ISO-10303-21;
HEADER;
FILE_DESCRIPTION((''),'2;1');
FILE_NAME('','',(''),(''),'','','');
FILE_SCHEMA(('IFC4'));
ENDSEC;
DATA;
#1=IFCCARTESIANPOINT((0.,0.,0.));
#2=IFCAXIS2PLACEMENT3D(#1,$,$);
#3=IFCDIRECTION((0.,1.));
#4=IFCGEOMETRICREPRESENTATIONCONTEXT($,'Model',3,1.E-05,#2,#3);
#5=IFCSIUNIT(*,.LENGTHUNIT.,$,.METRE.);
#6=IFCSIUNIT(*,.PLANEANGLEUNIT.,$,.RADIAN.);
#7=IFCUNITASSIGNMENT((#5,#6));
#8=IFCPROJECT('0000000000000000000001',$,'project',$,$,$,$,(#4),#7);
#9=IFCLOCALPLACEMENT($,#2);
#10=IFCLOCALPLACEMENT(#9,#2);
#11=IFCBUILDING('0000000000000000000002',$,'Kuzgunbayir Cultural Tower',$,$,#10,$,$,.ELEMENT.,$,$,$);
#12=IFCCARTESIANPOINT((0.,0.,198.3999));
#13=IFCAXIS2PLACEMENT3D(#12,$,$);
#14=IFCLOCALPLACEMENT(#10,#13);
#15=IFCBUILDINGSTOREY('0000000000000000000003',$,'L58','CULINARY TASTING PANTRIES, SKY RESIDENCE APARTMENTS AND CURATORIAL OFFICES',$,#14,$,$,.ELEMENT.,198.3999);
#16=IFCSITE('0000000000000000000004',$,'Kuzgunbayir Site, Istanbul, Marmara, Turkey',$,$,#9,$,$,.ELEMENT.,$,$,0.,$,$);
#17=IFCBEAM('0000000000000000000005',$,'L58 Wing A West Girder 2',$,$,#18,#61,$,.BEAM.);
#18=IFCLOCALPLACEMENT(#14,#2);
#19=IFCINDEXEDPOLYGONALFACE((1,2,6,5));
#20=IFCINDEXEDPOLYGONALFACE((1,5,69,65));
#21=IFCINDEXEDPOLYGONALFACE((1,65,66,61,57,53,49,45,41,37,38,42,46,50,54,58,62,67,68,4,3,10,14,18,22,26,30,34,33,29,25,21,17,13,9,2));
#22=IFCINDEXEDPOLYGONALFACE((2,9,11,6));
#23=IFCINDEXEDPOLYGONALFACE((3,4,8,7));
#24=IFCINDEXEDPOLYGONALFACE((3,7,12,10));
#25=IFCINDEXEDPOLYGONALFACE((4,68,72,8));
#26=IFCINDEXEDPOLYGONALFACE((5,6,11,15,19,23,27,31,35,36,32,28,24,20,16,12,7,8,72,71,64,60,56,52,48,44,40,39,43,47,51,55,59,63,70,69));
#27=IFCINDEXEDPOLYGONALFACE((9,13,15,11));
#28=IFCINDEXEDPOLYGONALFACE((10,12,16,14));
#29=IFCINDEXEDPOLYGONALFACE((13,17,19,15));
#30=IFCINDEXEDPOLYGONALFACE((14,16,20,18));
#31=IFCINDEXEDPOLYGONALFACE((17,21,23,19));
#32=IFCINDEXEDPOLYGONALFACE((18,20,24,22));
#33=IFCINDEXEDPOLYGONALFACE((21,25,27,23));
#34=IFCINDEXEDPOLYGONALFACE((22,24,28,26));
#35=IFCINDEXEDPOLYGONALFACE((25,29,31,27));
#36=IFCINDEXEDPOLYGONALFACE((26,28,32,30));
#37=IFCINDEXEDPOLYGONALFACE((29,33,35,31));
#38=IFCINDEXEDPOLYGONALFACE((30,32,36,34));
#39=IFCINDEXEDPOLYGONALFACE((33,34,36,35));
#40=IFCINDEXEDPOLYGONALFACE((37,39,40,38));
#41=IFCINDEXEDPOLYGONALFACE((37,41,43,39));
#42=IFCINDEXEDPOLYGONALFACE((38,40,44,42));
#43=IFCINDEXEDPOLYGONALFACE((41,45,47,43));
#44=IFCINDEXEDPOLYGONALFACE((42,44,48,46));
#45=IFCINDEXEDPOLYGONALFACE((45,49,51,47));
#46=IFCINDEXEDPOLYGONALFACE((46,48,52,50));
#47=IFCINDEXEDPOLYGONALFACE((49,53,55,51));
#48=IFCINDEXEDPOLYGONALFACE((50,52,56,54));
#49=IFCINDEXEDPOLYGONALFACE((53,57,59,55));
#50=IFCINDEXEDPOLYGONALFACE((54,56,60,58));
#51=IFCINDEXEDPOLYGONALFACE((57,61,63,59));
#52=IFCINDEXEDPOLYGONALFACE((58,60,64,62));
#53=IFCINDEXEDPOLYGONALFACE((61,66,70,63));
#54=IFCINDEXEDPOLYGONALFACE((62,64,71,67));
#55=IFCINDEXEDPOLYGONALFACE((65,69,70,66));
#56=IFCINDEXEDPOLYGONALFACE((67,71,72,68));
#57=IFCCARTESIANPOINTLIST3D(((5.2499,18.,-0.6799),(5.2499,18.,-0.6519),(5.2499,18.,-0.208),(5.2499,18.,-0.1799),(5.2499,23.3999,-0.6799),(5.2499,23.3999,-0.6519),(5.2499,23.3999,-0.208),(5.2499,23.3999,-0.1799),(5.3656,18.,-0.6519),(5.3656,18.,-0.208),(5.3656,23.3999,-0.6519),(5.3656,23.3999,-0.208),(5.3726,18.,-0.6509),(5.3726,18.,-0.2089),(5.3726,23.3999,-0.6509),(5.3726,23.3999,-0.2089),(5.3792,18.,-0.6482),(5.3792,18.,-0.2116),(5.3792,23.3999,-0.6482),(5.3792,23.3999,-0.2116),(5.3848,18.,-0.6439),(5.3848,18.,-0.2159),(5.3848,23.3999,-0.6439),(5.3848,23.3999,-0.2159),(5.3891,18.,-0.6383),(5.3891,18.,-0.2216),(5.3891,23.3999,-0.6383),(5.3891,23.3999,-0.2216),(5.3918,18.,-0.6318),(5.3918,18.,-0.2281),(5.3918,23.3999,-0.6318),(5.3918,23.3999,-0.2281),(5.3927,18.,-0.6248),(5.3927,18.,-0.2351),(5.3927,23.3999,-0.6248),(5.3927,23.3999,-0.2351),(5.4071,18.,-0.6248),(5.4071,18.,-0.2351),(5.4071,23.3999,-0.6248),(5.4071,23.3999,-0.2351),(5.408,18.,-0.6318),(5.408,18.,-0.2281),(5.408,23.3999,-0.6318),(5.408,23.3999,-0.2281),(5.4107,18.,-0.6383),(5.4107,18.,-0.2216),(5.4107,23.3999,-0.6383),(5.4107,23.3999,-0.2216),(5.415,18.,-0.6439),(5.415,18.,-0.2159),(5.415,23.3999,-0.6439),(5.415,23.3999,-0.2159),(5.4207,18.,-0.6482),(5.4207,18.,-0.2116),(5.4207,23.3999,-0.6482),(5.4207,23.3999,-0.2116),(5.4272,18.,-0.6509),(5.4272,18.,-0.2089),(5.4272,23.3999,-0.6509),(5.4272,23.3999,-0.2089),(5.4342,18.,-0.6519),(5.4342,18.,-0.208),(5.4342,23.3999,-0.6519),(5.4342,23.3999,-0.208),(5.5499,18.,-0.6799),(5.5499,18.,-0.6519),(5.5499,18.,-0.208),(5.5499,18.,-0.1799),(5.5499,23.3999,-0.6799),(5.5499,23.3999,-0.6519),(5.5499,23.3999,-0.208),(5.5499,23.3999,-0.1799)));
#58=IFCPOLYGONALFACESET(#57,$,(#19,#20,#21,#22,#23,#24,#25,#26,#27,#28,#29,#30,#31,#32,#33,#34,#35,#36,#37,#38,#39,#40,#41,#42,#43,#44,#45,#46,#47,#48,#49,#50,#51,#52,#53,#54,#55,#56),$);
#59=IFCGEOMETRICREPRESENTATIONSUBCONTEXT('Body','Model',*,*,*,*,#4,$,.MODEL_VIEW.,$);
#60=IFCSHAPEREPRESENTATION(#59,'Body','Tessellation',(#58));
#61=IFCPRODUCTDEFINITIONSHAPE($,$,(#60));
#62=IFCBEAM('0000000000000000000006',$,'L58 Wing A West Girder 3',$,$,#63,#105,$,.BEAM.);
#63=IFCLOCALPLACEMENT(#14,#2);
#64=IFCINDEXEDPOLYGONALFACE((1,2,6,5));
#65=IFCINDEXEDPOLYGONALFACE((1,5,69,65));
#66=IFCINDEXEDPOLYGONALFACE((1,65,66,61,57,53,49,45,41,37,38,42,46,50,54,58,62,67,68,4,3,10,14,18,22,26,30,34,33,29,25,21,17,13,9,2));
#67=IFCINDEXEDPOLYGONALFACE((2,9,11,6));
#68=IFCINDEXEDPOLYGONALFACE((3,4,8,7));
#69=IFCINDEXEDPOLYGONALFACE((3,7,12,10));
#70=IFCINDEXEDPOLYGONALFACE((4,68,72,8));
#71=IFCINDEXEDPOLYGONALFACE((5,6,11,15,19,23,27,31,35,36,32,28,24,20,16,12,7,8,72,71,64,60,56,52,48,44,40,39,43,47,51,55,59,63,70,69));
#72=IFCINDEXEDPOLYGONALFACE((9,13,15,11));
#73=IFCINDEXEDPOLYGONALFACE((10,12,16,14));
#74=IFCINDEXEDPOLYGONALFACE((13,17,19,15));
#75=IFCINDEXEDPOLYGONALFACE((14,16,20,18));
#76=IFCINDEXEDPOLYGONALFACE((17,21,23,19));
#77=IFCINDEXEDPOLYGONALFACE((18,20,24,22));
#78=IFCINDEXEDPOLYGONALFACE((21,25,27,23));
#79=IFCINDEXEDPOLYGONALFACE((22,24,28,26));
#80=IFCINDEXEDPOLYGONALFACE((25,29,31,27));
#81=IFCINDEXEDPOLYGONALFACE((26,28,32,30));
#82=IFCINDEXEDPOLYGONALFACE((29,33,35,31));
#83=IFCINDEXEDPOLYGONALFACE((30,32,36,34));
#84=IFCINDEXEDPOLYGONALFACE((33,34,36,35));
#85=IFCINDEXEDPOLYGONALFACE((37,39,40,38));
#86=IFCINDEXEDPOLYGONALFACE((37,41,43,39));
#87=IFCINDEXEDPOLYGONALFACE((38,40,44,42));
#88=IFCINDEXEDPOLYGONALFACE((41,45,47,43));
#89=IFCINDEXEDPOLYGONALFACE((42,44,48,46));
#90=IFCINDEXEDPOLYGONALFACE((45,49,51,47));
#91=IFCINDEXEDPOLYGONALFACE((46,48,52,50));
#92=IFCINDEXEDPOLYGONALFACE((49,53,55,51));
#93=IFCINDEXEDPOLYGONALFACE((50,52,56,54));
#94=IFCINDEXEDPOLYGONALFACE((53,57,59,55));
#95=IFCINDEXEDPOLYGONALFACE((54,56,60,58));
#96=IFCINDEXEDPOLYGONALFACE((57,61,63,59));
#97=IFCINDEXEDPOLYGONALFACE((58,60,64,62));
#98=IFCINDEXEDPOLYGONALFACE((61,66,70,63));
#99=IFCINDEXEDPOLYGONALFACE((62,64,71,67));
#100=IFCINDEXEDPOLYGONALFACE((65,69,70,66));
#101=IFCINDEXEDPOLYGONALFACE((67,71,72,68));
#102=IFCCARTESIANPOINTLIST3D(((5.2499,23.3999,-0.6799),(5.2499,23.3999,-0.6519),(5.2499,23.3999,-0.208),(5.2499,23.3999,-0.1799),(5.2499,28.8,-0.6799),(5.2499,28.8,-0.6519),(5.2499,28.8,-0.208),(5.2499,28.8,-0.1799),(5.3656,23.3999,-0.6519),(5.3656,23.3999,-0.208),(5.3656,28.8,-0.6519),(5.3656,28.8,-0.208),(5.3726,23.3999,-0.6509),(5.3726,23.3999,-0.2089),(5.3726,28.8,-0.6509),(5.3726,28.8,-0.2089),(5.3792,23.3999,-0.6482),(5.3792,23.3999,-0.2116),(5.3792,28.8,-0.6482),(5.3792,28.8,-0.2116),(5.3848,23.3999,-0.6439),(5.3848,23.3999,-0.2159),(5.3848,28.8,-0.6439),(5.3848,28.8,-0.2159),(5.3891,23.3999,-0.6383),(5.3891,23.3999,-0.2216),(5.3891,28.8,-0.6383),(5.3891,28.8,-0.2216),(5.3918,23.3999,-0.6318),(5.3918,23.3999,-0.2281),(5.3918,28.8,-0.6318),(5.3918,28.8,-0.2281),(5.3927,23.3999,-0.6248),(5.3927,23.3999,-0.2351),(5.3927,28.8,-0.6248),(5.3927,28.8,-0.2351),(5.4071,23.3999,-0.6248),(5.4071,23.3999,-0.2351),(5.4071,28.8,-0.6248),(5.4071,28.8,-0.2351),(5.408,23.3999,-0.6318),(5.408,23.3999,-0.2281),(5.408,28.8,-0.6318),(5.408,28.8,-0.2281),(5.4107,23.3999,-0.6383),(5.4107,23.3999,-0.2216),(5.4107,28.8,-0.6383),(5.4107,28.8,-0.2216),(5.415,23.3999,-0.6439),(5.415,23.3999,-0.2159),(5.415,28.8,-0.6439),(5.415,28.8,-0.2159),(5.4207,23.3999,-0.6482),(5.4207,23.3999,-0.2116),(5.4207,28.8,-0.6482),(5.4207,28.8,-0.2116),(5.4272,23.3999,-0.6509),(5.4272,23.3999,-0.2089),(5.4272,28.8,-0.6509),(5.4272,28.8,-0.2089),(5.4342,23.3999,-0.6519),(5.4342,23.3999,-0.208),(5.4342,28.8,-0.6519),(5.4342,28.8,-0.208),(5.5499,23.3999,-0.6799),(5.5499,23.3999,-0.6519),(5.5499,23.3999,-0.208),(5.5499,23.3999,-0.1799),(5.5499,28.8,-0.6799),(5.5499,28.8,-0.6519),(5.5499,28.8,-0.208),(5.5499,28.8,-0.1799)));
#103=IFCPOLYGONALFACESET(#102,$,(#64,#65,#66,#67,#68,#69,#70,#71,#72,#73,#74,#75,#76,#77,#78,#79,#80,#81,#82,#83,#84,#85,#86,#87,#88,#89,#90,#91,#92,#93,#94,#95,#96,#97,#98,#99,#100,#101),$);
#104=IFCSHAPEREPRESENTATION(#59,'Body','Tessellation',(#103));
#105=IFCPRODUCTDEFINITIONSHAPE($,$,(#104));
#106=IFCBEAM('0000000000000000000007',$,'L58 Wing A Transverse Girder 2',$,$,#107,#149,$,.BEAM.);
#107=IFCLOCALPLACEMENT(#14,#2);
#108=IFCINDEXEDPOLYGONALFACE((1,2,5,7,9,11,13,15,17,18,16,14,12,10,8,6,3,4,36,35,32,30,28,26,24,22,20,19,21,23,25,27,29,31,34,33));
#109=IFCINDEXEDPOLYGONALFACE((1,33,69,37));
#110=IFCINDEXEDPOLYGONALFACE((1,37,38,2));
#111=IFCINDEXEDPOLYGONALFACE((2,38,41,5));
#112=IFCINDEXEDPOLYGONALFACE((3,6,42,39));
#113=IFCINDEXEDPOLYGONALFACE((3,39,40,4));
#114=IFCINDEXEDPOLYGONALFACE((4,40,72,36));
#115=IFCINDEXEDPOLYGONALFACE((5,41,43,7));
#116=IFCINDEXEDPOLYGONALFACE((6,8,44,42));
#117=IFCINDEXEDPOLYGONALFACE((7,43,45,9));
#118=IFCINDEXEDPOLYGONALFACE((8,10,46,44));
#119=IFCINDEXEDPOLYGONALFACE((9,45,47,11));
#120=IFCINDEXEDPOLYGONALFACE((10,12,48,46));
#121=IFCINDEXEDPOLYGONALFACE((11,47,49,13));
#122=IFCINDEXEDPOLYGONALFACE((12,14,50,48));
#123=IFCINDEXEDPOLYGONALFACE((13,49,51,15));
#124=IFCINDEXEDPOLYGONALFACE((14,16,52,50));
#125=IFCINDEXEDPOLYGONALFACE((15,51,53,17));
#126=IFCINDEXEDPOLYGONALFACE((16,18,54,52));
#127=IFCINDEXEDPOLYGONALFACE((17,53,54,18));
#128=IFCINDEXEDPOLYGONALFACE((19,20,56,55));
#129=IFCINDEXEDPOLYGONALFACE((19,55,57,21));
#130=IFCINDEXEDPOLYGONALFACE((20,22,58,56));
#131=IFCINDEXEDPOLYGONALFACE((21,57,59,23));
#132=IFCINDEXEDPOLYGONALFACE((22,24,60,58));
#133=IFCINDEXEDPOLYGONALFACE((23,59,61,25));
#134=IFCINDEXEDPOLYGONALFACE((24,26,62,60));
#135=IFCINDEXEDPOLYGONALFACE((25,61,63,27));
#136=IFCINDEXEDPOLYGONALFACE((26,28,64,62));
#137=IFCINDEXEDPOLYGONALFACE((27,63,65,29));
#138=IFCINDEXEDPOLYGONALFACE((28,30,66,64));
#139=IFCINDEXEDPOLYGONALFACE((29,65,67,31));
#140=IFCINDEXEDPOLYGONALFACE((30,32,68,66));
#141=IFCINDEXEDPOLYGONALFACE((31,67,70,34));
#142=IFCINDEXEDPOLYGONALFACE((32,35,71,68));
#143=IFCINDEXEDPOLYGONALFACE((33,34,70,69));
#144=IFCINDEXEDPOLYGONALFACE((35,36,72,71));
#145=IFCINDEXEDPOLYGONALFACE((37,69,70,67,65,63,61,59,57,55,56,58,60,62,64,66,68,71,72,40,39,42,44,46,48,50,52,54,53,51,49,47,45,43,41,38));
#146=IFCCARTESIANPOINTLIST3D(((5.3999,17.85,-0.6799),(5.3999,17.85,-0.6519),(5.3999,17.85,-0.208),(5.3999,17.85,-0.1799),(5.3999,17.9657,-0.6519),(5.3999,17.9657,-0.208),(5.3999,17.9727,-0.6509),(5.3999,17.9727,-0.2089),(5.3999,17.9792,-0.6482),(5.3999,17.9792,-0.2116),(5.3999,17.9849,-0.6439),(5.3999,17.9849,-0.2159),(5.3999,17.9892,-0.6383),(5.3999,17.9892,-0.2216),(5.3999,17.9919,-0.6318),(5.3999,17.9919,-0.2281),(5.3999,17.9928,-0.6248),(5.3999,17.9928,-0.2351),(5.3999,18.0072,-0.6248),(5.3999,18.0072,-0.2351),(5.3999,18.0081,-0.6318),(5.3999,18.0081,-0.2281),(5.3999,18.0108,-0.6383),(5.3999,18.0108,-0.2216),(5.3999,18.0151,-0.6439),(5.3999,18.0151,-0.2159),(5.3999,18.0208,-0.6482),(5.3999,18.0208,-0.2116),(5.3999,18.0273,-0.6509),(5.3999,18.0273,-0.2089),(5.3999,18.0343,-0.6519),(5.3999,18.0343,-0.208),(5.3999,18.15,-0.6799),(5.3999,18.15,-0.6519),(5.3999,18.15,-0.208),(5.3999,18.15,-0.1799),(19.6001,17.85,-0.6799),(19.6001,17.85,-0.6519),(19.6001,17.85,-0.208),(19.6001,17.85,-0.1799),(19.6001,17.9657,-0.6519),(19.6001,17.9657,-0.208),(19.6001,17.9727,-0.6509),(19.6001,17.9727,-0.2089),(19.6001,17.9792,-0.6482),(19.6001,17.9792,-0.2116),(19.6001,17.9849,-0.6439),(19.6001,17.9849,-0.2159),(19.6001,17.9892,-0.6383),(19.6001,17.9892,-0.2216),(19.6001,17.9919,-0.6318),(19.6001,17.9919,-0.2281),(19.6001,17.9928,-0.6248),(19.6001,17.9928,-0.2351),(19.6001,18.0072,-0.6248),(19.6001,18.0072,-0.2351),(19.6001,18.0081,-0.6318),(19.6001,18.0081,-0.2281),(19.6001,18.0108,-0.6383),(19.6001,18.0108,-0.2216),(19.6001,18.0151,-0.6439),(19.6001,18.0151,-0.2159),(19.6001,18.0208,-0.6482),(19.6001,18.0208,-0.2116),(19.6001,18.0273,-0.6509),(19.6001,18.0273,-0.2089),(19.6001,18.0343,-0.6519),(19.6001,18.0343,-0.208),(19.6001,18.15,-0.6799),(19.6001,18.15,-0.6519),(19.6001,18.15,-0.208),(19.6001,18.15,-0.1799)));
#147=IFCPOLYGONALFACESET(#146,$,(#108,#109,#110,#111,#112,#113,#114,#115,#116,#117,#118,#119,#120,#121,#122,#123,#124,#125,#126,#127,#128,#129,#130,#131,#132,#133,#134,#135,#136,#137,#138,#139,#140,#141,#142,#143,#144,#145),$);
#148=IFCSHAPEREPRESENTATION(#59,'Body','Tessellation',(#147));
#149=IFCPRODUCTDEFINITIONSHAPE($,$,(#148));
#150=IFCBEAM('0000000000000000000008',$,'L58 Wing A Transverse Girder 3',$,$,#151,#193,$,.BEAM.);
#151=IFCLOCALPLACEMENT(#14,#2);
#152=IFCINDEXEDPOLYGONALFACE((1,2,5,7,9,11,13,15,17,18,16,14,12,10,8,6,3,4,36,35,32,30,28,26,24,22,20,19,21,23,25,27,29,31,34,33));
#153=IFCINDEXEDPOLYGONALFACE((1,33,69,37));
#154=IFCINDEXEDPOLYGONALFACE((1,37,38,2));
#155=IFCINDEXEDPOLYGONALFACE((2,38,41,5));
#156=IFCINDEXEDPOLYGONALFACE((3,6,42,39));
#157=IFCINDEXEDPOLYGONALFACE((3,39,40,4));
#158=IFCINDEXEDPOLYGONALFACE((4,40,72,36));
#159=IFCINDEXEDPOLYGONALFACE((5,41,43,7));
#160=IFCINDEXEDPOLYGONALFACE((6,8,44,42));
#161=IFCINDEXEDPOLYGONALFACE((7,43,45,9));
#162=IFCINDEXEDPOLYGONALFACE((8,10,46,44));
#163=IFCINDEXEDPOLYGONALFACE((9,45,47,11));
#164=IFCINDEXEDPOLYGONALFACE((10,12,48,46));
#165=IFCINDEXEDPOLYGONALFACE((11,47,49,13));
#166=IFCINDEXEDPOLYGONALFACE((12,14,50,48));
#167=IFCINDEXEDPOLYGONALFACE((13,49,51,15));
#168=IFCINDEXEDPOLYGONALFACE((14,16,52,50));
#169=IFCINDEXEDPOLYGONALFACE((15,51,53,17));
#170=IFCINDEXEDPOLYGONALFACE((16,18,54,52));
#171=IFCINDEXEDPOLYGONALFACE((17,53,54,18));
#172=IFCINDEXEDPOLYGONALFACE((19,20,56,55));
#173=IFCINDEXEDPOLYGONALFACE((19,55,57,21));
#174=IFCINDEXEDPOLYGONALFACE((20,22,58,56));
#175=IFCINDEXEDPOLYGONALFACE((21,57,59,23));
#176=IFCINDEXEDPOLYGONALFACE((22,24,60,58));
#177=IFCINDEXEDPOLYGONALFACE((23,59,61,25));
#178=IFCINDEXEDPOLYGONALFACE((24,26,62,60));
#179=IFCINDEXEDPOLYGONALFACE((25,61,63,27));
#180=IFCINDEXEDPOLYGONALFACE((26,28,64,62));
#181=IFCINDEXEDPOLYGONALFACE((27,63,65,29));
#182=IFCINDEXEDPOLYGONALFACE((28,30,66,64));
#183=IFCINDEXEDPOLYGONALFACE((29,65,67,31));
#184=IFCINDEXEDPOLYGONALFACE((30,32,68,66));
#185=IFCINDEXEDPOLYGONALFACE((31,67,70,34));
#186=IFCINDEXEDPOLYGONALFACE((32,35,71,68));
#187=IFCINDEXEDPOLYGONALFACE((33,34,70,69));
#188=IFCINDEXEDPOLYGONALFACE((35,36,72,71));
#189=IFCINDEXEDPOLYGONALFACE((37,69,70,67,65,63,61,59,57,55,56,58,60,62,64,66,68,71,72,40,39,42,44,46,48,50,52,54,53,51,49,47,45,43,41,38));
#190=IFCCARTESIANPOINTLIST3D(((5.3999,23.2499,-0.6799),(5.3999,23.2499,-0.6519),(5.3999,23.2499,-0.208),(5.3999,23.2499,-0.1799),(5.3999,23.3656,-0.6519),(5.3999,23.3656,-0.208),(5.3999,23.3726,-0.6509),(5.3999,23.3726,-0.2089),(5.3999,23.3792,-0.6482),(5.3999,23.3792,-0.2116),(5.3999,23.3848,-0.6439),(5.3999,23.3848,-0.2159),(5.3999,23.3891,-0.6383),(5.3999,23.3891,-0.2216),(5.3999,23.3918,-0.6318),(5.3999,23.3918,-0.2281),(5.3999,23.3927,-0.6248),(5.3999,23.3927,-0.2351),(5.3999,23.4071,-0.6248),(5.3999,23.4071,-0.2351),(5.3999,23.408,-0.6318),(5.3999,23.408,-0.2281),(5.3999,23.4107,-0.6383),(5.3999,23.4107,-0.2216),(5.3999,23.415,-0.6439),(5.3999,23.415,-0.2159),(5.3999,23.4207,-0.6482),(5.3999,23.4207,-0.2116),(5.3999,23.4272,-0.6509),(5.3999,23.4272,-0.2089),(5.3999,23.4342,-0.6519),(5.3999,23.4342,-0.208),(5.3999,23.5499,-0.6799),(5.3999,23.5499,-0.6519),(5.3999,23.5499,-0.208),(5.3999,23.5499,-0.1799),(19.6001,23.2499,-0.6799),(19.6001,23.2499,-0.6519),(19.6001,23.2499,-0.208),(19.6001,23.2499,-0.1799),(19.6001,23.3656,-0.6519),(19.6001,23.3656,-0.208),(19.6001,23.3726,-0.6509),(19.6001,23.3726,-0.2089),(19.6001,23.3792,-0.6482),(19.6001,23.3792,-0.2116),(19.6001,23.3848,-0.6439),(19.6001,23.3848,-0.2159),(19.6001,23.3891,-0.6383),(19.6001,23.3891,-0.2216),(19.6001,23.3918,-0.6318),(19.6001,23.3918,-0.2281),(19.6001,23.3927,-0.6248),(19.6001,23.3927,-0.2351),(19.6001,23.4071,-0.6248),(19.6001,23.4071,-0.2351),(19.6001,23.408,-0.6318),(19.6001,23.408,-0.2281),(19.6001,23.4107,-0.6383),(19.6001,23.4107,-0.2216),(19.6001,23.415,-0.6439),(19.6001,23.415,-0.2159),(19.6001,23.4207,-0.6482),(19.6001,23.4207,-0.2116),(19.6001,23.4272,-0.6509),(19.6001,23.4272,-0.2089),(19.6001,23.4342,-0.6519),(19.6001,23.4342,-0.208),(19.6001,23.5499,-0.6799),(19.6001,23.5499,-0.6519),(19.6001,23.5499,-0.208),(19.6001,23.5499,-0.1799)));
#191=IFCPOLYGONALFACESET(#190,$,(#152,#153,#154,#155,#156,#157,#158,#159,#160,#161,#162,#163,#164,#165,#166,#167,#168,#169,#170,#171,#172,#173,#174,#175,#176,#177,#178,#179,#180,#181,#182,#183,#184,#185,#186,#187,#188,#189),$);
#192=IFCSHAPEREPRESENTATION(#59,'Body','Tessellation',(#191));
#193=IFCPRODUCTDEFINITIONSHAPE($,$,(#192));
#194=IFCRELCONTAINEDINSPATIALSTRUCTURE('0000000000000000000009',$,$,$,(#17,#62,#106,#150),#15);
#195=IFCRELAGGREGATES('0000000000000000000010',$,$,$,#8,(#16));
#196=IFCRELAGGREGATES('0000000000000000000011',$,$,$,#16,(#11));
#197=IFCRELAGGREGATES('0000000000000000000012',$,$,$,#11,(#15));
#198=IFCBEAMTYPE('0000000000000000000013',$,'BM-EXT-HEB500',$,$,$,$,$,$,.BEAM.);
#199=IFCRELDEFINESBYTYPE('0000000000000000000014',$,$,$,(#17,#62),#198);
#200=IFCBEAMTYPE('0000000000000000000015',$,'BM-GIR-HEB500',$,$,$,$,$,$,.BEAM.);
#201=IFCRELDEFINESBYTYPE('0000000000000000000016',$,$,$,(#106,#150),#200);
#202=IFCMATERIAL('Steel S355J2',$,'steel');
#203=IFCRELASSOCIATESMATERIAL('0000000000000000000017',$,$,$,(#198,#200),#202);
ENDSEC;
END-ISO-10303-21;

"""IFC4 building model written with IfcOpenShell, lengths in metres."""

from ifc_helpers import new_model, si_unit, direction, frame, origin, origin_2d, place, context, subcontext, project, spatial, i_section, extrude, material, material_profile, profile_set, type_object, element, save


model = new_model("IFC4")

# Units and contexts
model_context = context("Model", 3, precision=1e-05, world=origin(), true_north=direction((0.0, 1.0)))
body_context = subcontext(model_context, "Body", "Model", "MODEL_VIEW")
ifc_project = project(units=[si_unit("LENGTHUNIT", "METRE"), si_unit("PLANEANGLEUNIT", "RADIAN")], contexts=[model_context])

# Site, building, storey
site_placement = place(None, origin())
site = spatial("IfcSite", under=ifc_project, at=site_placement, Name="Kuzgunbayir Site, Istanbul, Marmara, Turkey", CompositionType="ELEMENT", RefElevation=0.0)
building_placement = place(site_placement, origin())
building = spatial("IfcBuilding", under=site, at=building_placement, Name="Kuzgunbayir Cultural Tower", CompositionType="ELEMENT")
storey_placement = place(building_placement, frame((0.0, 0.0, 198.3999)))
storey = spatial("IfcBuildingStorey", under=building, at=storey_placement, Name="L58", Description="CULINARY TASTING PANTRIES, SKY RESIDENCE APARTMENTS AND CURATORIAL OFFICES", CompositionType="ELEMENT", Elevation=198.3999)

# Beams
ifc_material_1 = material(Name="Steel S355J2", Category="steel")
ifc_material_profile_1 = material_profile(ifc_material_1, i_section(OverallWidth=0.3, OverallDepth=0.5, WebThickness=0.0144, FlangeThickness=0.0281, FilletRadius=0.0271, at=origin_2d()), Name="HEB 500")
ifc_profile_set_1 = profile_set([ifc_material_profile_1], Name="Steel S355J2")
beam_type_1 = type_object("IfcBeamType", Name="BM-EXT-HEB500", PredefinedType="BEAM", material=ifc_profile_set_1)
beam_1_placement = place(storey_placement, frame((5.3999, 18.0, -0.4299), z_axis=(0.0, 1.0, 0.0), x_axis=(-1.0, 0.0, 0.0)))
element("IfcBeam", 1, at=beam_1_placement, inside=storey, type_object=beam_type_1, Name="L58 Wing A West Girder 2", PredefinedType="BEAM", context=body_context, shape_type="SweptSolid", body=[
    extrude(i_section(OverallWidth=0.3, OverallDepth=0.5, WebThickness=0.0144, FlangeThickness=0.0281, FilletRadius=0.0271, at=origin_2d()), origin(), (0.0, 0.0, 1.0), 5.3999),
])
beam_2_placement = place(storey_placement, frame((5.3999, 23.3999, -0.4299), z_axis=(0.0, 1.0, 0.0), x_axis=(-1.0, 0.0, 0.0)))
element("IfcBeam", 2, at=beam_2_placement, inside=storey, type_object=beam_type_1, Name="L58 Wing A West Girder 3", PredefinedType="BEAM", context=body_context, shape_type="SweptSolid", body=[
    extrude(i_section(OverallWidth=0.3, OverallDepth=0.5, WebThickness=0.0144, FlangeThickness=0.0281, FilletRadius=0.0271, at=origin_2d()), origin(), (0.0, 0.0, 1.0), 5.4001),
])
ifc_material_profile_2 = material_profile(ifc_material_1, i_section(OverallWidth=0.3, OverallDepth=0.5, WebThickness=0.0144, FlangeThickness=0.0281, FilletRadius=0.0271, at=origin_2d()), Name="HEB 500")
ifc_profile_set_2 = profile_set([ifc_material_profile_2], Name="Steel S355J2")
beam_type_2 = type_object("IfcBeamType", Name="BM-GIR-HEB500", PredefinedType="BEAM", material=ifc_profile_set_2)
for number, where, z_axis, x_axis, name in (
    (3, (5.3999, 18.0, -0.4299), (1.0, 0.0, 0.0), (0.0, 1.0, 0.0), "L58 Wing A Transverse Girder 2"),
    (4, (5.3999, 23.3999, -0.4299), (1.0, 0.0, 0.0), (0.0, 1.0, 0.0), "L58 Wing A Transverse Girder 3"),
):
    element("IfcBeam", number, at=place(storey_placement, frame(where, z_axis=z_axis, x_axis=x_axis)), inside=storey, type_object=beam_type_2, Name=name, PredefinedType="BEAM", context=body_context, shape_type="SweptSolid", body=[
        extrude(i_section(OverallWidth=0.3, OverallDepth=0.5, WebThickness=0.0144, FlangeThickness=0.0281, FilletRadius=0.0271, at=origin_2d()), origin(), (0.0, 0.0, 1.0), 14.2002),
    ])

save(model, "model.ifc")
